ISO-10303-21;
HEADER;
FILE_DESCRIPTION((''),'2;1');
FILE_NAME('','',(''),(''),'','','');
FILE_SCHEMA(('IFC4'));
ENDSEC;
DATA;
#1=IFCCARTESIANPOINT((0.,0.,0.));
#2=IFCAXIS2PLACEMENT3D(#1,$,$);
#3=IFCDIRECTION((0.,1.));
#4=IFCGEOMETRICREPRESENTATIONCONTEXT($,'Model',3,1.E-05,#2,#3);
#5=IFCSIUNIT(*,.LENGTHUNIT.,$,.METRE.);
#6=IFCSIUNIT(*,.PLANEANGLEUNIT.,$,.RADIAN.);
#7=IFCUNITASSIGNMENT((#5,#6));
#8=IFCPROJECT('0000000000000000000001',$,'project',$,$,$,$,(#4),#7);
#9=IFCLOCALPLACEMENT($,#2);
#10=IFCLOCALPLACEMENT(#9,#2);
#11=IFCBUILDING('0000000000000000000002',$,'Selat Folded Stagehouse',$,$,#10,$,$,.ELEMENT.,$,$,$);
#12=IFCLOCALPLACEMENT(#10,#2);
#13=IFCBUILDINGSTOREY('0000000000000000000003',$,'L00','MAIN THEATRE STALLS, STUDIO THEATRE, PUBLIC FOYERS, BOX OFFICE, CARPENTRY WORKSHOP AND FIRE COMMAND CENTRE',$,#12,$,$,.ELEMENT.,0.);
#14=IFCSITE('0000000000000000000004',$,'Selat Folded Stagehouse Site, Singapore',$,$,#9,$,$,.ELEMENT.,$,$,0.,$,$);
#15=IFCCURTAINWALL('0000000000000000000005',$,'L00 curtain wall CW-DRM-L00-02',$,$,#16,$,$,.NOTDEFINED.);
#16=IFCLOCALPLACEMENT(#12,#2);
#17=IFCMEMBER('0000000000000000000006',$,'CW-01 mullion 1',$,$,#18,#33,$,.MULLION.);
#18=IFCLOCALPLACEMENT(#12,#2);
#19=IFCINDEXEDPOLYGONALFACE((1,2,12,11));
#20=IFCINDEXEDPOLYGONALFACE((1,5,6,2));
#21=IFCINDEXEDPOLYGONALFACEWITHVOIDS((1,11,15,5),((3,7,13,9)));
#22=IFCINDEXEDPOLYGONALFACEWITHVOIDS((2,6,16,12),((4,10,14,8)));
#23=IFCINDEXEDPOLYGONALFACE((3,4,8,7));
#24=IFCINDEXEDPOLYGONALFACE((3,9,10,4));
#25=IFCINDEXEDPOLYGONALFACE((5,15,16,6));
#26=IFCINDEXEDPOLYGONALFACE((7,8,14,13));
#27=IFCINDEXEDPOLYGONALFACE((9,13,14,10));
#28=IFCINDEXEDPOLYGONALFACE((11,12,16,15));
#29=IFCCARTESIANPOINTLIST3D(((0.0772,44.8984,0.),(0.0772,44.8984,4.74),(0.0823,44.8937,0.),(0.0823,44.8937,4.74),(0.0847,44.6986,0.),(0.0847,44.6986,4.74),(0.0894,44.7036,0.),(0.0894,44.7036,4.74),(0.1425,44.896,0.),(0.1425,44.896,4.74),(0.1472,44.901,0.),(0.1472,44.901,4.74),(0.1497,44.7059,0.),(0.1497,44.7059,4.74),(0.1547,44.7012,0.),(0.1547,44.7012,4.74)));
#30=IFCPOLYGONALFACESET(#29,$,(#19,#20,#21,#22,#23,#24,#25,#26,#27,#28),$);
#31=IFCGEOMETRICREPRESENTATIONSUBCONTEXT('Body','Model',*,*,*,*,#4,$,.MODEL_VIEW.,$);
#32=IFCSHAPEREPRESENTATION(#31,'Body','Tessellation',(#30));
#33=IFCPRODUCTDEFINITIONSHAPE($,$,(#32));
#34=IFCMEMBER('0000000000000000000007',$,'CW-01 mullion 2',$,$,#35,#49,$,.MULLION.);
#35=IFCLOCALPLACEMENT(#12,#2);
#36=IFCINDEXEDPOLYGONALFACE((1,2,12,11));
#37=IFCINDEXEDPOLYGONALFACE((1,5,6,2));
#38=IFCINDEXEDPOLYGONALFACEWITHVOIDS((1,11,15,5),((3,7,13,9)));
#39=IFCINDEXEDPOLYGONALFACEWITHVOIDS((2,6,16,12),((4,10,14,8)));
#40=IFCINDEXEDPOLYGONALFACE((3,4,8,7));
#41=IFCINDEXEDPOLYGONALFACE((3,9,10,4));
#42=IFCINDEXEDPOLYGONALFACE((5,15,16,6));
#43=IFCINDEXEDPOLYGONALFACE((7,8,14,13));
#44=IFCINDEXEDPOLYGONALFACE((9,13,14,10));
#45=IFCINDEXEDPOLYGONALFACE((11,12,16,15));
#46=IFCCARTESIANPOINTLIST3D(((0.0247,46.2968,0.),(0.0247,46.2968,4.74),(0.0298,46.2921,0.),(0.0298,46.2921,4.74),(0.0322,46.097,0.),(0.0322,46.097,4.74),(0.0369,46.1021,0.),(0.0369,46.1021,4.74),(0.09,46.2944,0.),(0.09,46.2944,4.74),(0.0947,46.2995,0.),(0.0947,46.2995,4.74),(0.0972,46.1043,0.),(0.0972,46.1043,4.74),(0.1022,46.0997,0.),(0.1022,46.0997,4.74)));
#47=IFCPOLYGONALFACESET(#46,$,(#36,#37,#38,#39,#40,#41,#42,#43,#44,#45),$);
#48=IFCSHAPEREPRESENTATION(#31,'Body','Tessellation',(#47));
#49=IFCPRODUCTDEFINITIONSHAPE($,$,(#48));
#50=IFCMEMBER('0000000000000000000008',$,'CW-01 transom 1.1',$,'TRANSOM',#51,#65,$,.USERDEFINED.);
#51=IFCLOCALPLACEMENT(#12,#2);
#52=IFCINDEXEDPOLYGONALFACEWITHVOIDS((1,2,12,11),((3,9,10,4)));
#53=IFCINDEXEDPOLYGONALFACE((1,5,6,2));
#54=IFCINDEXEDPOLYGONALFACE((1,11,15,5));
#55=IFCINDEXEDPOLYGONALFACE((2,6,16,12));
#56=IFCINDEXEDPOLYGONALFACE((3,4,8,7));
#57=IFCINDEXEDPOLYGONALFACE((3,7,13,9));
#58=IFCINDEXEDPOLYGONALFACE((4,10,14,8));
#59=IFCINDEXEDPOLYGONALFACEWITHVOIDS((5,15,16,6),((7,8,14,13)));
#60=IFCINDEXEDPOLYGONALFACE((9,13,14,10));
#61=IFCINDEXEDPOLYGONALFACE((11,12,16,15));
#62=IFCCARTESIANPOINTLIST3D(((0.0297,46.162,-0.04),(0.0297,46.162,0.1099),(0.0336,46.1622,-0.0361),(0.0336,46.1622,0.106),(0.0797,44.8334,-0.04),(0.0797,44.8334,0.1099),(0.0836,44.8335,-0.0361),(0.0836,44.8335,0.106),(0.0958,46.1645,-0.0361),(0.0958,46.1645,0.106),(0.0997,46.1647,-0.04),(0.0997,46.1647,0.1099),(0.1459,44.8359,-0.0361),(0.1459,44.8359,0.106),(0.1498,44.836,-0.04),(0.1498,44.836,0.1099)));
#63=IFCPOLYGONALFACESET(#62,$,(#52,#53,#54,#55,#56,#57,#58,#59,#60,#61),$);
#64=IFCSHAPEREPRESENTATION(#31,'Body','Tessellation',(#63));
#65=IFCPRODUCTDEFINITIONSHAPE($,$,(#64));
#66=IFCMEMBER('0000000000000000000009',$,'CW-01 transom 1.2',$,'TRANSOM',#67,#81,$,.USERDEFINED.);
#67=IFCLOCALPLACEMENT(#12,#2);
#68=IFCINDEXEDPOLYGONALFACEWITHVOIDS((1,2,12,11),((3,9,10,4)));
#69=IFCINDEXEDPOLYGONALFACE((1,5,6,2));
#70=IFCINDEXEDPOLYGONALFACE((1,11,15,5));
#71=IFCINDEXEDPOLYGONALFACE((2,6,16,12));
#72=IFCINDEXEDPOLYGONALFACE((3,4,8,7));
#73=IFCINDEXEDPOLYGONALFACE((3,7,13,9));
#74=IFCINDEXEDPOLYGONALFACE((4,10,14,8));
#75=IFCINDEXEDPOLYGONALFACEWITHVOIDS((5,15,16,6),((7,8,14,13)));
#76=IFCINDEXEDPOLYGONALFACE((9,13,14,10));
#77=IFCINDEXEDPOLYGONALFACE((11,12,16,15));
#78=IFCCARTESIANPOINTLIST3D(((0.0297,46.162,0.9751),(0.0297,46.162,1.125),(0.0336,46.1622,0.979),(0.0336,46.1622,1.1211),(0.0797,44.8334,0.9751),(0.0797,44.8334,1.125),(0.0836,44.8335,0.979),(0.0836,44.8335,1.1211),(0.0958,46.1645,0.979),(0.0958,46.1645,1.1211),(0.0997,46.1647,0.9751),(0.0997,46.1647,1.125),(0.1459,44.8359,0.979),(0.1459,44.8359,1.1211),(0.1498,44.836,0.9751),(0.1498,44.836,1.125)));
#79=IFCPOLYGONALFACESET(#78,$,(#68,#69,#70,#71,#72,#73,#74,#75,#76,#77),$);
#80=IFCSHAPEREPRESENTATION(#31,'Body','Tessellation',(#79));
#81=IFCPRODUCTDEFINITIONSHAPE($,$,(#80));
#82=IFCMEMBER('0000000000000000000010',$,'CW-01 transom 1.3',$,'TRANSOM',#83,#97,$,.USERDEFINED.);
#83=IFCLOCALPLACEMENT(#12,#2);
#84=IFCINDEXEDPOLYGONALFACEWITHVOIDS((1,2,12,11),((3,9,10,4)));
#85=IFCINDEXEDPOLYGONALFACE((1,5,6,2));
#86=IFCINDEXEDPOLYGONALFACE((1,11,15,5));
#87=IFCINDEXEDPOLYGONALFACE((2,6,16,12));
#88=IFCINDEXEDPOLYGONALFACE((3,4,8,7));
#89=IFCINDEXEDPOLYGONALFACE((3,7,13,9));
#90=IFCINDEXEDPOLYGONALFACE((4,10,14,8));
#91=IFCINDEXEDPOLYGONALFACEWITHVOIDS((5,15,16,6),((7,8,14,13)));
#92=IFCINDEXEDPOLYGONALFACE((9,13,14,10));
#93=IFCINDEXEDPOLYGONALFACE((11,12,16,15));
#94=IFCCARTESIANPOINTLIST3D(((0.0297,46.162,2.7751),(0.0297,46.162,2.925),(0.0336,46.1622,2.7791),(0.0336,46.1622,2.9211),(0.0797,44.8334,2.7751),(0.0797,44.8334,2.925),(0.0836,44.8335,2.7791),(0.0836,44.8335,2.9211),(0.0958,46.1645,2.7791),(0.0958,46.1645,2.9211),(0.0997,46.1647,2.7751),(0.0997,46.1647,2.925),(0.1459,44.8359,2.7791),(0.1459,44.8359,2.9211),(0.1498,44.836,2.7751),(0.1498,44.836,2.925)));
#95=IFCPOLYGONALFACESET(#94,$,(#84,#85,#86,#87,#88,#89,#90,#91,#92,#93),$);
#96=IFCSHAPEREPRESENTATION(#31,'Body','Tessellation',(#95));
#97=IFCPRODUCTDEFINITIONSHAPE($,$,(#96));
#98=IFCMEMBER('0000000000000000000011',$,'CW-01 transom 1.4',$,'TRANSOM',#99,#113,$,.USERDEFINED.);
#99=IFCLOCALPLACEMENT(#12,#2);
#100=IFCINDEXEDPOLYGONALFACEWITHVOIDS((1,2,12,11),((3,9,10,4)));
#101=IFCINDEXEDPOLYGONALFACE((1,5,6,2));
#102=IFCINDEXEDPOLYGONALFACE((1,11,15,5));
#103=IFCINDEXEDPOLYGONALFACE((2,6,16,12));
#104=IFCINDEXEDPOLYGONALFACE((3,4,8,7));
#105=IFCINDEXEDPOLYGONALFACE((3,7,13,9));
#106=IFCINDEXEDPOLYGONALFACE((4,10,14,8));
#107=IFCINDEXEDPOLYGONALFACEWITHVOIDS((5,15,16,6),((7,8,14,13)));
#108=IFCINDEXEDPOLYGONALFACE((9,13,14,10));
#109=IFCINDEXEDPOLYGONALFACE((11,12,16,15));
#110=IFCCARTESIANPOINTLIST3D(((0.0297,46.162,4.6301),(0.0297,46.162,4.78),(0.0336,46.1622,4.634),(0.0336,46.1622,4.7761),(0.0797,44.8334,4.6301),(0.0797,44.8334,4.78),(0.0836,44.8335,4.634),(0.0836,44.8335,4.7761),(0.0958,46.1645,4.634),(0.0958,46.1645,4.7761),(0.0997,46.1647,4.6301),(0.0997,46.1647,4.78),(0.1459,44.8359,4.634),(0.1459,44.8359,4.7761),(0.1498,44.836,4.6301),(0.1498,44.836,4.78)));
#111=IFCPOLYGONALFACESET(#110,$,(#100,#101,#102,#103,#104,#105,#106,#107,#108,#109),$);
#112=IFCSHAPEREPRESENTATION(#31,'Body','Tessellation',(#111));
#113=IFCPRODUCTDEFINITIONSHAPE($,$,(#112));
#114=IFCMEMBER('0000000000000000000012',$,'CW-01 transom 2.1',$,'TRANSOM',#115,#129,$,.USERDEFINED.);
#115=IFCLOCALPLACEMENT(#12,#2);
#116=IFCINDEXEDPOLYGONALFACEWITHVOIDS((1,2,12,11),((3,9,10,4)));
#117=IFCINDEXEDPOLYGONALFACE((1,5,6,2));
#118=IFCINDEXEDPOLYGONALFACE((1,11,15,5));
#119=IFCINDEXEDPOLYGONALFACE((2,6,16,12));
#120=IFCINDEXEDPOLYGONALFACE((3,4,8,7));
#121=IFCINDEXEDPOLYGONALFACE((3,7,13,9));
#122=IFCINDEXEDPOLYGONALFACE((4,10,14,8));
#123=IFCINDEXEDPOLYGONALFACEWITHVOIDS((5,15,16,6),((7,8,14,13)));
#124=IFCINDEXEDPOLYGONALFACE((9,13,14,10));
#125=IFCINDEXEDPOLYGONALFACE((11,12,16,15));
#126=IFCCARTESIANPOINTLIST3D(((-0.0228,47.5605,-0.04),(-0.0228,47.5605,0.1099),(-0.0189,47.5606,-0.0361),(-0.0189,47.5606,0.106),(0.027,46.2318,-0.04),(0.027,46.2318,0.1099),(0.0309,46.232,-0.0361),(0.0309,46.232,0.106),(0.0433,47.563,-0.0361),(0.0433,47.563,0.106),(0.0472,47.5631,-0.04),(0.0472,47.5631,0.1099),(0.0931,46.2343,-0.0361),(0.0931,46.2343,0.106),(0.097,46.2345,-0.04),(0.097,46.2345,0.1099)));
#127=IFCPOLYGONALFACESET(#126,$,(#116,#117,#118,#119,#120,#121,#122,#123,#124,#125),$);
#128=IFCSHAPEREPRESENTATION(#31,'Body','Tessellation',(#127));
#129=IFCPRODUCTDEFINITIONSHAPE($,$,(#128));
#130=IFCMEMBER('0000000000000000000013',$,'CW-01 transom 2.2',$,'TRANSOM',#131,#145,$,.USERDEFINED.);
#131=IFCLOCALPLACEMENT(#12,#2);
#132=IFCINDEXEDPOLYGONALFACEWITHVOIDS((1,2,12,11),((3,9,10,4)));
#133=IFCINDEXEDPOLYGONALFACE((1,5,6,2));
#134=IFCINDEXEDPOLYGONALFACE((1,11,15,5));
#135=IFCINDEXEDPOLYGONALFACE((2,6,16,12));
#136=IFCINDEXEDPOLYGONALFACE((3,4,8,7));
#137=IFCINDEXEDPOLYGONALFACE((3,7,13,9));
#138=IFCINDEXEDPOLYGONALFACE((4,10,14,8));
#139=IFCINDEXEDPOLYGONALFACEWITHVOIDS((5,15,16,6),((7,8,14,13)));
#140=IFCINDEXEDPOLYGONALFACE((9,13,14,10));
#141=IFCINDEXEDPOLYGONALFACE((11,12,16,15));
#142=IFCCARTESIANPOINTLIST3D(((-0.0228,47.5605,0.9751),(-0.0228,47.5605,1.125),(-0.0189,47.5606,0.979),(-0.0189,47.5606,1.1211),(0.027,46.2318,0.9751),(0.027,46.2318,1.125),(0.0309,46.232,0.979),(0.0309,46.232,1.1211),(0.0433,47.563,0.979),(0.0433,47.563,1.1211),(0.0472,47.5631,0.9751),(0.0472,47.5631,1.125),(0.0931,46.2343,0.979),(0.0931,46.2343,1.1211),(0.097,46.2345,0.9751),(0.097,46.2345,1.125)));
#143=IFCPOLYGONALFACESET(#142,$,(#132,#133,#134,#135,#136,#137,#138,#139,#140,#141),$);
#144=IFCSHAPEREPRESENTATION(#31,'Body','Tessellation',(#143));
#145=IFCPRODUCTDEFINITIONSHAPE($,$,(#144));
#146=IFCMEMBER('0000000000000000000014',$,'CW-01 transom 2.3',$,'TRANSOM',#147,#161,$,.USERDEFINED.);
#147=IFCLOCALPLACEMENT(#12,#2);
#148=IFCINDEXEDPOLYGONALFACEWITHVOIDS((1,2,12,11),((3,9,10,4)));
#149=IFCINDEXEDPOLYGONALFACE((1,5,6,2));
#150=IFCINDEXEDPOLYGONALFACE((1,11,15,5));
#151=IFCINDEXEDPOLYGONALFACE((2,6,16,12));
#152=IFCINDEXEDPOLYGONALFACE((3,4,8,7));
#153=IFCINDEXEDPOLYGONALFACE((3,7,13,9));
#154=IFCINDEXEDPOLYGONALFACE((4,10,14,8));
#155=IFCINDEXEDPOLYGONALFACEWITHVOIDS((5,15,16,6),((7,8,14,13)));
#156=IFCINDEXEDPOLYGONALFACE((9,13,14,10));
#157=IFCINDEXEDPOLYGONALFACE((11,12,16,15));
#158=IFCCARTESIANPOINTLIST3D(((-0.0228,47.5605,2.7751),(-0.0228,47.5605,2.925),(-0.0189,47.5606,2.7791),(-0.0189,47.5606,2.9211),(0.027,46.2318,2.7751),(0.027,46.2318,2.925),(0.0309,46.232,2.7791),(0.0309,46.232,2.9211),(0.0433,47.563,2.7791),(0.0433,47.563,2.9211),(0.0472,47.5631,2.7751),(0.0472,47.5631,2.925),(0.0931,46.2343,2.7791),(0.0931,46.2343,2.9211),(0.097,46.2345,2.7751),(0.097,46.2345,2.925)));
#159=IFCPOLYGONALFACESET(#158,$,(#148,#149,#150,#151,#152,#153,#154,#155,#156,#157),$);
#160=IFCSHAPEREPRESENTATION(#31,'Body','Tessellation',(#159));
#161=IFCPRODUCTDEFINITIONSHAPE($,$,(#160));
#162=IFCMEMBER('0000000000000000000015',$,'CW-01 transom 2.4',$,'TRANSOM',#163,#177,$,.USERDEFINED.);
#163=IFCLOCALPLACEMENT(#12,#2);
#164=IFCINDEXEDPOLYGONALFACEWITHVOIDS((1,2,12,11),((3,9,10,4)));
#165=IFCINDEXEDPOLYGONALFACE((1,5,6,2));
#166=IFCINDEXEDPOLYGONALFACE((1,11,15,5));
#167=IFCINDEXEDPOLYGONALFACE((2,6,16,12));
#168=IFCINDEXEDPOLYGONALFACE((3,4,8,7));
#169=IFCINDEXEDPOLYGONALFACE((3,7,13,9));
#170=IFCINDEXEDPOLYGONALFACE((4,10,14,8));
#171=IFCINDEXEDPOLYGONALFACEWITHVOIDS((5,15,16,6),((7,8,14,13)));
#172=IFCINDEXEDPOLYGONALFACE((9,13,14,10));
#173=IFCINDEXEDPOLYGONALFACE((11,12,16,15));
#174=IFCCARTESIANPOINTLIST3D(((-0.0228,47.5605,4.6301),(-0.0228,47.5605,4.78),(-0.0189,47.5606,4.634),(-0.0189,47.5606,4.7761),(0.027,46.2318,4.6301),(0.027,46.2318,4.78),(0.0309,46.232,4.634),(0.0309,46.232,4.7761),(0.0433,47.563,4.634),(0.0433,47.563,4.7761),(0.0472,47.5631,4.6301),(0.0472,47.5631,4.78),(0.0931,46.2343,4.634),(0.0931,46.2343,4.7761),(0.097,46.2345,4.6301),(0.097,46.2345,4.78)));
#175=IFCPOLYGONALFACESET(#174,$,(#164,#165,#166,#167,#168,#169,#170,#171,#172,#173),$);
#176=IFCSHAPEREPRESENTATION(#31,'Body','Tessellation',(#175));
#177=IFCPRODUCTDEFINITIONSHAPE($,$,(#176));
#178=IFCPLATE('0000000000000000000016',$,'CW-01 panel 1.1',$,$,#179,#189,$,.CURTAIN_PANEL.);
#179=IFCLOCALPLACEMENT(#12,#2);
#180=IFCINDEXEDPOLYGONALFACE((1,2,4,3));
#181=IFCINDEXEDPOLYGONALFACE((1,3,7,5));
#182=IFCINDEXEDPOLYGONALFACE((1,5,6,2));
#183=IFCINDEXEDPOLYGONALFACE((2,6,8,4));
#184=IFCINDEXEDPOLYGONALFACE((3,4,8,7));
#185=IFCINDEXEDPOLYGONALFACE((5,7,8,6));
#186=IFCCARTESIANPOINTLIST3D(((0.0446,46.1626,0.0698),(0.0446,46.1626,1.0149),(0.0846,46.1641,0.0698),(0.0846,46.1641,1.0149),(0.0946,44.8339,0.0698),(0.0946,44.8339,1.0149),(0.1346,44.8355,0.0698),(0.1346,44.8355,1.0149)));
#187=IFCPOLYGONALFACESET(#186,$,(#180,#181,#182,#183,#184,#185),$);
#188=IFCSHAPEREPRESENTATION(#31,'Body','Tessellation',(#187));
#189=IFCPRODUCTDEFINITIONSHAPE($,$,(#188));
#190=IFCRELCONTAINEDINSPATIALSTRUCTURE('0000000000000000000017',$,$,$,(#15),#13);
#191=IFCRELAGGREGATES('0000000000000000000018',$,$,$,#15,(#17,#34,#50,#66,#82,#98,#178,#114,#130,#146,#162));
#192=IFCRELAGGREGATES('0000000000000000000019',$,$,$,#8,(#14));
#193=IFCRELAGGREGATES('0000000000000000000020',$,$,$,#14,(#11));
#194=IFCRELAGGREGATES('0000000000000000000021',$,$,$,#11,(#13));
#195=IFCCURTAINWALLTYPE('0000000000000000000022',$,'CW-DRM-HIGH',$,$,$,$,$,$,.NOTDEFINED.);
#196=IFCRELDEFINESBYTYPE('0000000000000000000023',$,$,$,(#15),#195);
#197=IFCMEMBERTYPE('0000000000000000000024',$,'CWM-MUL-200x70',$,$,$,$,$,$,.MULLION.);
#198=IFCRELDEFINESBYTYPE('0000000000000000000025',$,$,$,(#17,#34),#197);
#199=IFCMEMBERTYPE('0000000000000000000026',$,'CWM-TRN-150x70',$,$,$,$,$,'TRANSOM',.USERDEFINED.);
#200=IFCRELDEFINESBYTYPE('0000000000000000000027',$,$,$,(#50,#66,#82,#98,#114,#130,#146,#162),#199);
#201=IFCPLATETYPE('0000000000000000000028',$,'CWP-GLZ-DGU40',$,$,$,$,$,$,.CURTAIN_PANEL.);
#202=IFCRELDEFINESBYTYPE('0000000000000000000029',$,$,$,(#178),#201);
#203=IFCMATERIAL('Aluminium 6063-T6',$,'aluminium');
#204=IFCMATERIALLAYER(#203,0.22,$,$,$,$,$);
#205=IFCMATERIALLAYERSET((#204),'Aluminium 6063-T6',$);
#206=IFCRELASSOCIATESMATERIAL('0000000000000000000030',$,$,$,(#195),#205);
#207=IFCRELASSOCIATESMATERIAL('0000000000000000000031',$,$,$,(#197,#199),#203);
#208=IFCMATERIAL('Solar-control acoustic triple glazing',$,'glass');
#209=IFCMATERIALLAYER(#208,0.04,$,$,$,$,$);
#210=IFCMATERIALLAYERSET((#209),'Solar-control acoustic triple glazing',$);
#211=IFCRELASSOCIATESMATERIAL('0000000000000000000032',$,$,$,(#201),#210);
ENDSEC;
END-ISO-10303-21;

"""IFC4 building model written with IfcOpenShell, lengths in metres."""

from ifc_helpers import new_model, si_unit, direction, frame, origin, origin_2d, place, context, subcontext, project, spatial, rectangle, hollow_rectangle, extrude, material, layer, layer_set, material_profile, profile_set, type_object, element, aggregate, save


model = new_model("IFC4")

# Units and contexts
model_context = context("Model", 3, precision=1e-05, world=origin(), true_north=direction((0.0, 1.0)))
body_context = subcontext(model_context, "Body", "Model", "MODEL_VIEW")
ifc_project = project(units=[si_unit("LENGTHUNIT", "METRE"), si_unit("PLANEANGLEUNIT", "RADIAN")], contexts=[model_context])

# Site, building, storey
site_placement = place(None, origin())
site = spatial("IfcSite", under=ifc_project, at=site_placement, Name="Selat Folded Stagehouse Site, Singapore", CompositionType="ELEMENT", RefElevation=0.0)
building_placement = place(site_placement, origin())
building = spatial("IfcBuilding", under=site, at=building_placement, Name="Selat Folded Stagehouse", CompositionType="ELEMENT")
storey_placement = place(building_placement, origin())
storey = spatial("IfcBuildingStorey", under=building, at=storey_placement, Name="L00", Description="MAIN THEATRE STALLS, STUDIO THEATRE, PUBLIC FOYERS, BOX OFFICE, CARPENTRY WORKSHOP AND FIRE COMMAND CENTRE", CompositionType="ELEMENT", Elevation=0.0)

# Curtain wall, members, plate
ifc_material_1 = material(Name="Aluminium 6063-T6", Category="aluminium")
ifc_layer_1 = layer(ifc_material_1, 0.22)
ifc_layer_set_1 = layer_set([ifc_layer_1], Name="Aluminium 6063-T6")
curtain_wall_type = type_object("IfcCurtainWallType", Name="CW-DRM-HIGH", PredefinedType="NOTDEFINED", material=ifc_layer_set_1)
curtain_wall_placement = place(storey_placement, origin())
curtain_wall = element("IfcCurtainWall", 1, at=curtain_wall_placement, inside=storey, type_object=curtain_wall_type, Name="L00 curtain wall CW-DRM-L00-02", PredefinedType="NOTDEFINED")
ifc_material_profile_1 = material_profile(ifc_material_1, hollow_rectangle(XDim=0.0701, YDim=0.2, WallThickness=0.0049, at=origin_2d()), Name="ALU 200x70x5.0")
ifc_profile_set_1 = profile_set([ifc_material_profile_1], Name="Aluminium 6063-T6")
member_type_1 = type_object("IfcMemberType", Name="CWM-MUL-200x70", PredefinedType="MULLION", material=ifc_profile_set_1)
member_1_placement = place(storey_placement, frame((0.116, 44.7998, 0.0), z_axis=(0.0, 0.0, 1.0), x_axis=(-0.999294, -0.037574, 0.0)))
member_1 = element("IfcMember", 2, at=member_1_placement, type_object=member_type_1, Name="CW-01 mullion 1", PredefinedType="MULLION", context=body_context, shape_type="SweptSolid", body=[
    extrude(hollow_rectangle(XDim=0.0701, YDim=0.2, WallThickness=0.0049, at=origin_2d()), origin(), (0.0, 0.0, 1.0), 4.74),
])
member_2_placement = place(storey_placement, frame((0.0635, 46.1982, 0.0), z_axis=(0.0, 0.0, 1.0), x_axis=(-0.999294, -0.037574, 0.0)))
member_2 = element("IfcMember", 3, at=member_2_placement, type_object=member_type_1, Name="CW-01 mullion 2", PredefinedType="MULLION", context=body_context, shape_type="SweptSolid", body=[
    extrude(hollow_rectangle(XDim=0.0701, YDim=0.2, WallThickness=0.0049, at=origin_2d()), origin(), (0.0, 0.0, 1.0), 4.74),
])
ifc_material_profile_2 = material_profile(ifc_material_1, hollow_rectangle(XDim=0.0701, YDim=0.1499, WallThickness=0.0039, at=origin_2d()), Name="ALU 150x70x4.0")
ifc_profile_set_2 = profile_set([ifc_material_profile_2], Name="Aluminium 6063-T6")
member_type_2 = type_object("IfcMemberType", Name="CWM-TRN-150x70", ElementType="TRANSOM", PredefinedType="USERDEFINED", material=ifc_profile_set_2)
member_3_placement = place(storey_placement, frame((0.1147, 44.8347, 0.0349), z_axis=(-0.037643, 0.999291, 0.0), x_axis=(-0.999291, -0.037643, 0.0)))
member_3 = element("IfcMember", 4, at=member_3_placement, type_object=member_type_2, Name="CW-01 transom 1.1", ObjectType="TRANSOM", PredefinedType="USERDEFINED", context=body_context, shape_type="SweptSolid", body=[
    extrude(hollow_rectangle(XDim=0.0701, YDim=0.1499, WallThickness=0.0039, at=origin_2d()), origin(), (0.0, 0.0, 1.0), 1.3296),
])
member_4_placement = place(storey_placement, frame((0.1147, 44.8347, 1.05), z_axis=(-0.037643, 0.999291, 0.0), x_axis=(-0.999291, -0.037643, 0.0)))
member_4 = element("IfcMember", 5, at=member_4_placement, type_object=member_type_2, Name="CW-01 transom 1.2", ObjectType="TRANSOM", PredefinedType="USERDEFINED", context=body_context, shape_type="SweptSolid", body=[
    extrude(hollow_rectangle(XDim=0.0701, YDim=0.1499, WallThickness=0.0039, at=origin_2d()), origin(), (0.0, 0.0, 1.0), 1.3296),
])
member_5_placement = place(storey_placement, frame((0.1147, 44.8347, 2.8501), z_axis=(-0.037643, 0.999291, 0.0), x_axis=(-0.999291, -0.037643, 0.0)))
member_5 = element("IfcMember", 6, at=member_5_placement, type_object=member_type_2, Name="CW-01 transom 1.3", ObjectType="TRANSOM", PredefinedType="USERDEFINED", context=body_context, shape_type="SweptSolid", body=[
    extrude(hollow_rectangle(XDim=0.0701, YDim=0.1499, WallThickness=0.0039, at=origin_2d()), origin(), (0.0, 0.0, 1.0), 1.3296),
])
member_6_placement = place(storey_placement, frame((0.1147, 44.8347, 4.7051), z_axis=(-0.037643, 0.999291, 0.0), x_axis=(-0.999291, -0.037643, 0.0)))
member_6 = element("IfcMember", 7, at=member_6_placement, type_object=member_type_2, Name="CW-01 transom 1.4", ObjectType="TRANSOM", PredefinedType="USERDEFINED", context=body_context, shape_type="SweptSolid", body=[
    extrude(hollow_rectangle(XDim=0.0701, YDim=0.1499, WallThickness=0.0039, at=origin_2d()), origin(), (0.0, 0.0, 1.0), 1.3296),
])
member_7_placement = place(storey_placement, frame((0.062, 46.2332, 0.0349), z_axis=(-0.03746, 0.999298, 0.0), x_axis=(-0.999298, -0.03746, 0.0)))
member_7 = element("IfcMember", 8, at=member_7_placement, type_object=member_type_2, Name="CW-01 transom 2.1", ObjectType="TRANSOM", PredefinedType="USERDEFINED", context=body_context, shape_type="SweptSolid", body=[
    extrude(hollow_rectangle(XDim=0.0701, YDim=0.1499, WallThickness=0.0039, at=origin_2d()), origin(), (0.0, 0.0, 1.0), 1.3296),
])
member_8_placement = place(storey_placement, frame((0.062, 46.2332, 1.05), z_axis=(-0.03746, 0.999298, 0.0), x_axis=(-0.999298, -0.03746, 0.0)))
member_8 = element("IfcMember", 9, at=member_8_placement, type_object=member_type_2, Name="CW-01 transom 2.2", ObjectType="TRANSOM", PredefinedType="USERDEFINED", context=body_context, shape_type="SweptSolid", body=[
    extrude(hollow_rectangle(XDim=0.0701, YDim=0.1499, WallThickness=0.0039, at=origin_2d()), origin(), (0.0, 0.0, 1.0), 1.3296),
])
member_9_placement = place(storey_placement, frame((0.062, 46.2332, 2.8501), z_axis=(-0.03746, 0.999298, 0.0), x_axis=(-0.999298, -0.03746, 0.0)))
member_9 = element("IfcMember", 10, at=member_9_placement, type_object=member_type_2, Name="CW-01 transom 2.3", ObjectType="TRANSOM", PredefinedType="USERDEFINED", context=body_context, shape_type="SweptSolid", body=[
    extrude(hollow_rectangle(XDim=0.0701, YDim=0.1499, WallThickness=0.0039, at=origin_2d()), origin(), (0.0, 0.0, 1.0), 1.3296),
])
member_10_placement = place(storey_placement, frame((0.062, 46.2332, 4.7051), z_axis=(-0.03746, 0.999298, 0.0), x_axis=(-0.999298, -0.03746, 0.0)))
member_10 = element("IfcMember", 11, at=member_10_placement, type_object=member_type_2, Name="CW-01 transom 2.4", ObjectType="TRANSOM", PredefinedType="USERDEFINED", context=body_context, shape_type="SweptSolid", body=[
    extrude(hollow_rectangle(XDim=0.0701, YDim=0.1499, WallThickness=0.0039, at=origin_2d()), origin(), (0.0, 0.0, 1.0), 1.3296),
])
ifc_material_2 = material(Name="Solar-control acoustic triple glazing", Category="glass")
ifc_layer_2 = layer(ifc_material_2, 0.04)
ifc_layer_set_2 = layer_set([ifc_layer_2], Name="Solar-control acoustic triple glazing")
plate_type = type_object("IfcPlateType", Name="CWP-GLZ-DGU40", PredefinedType="CURTAIN_PANEL", material=ifc_layer_set_2)
plate_1_placement = place(storey_placement, frame((0.0896, 45.499, 0.0698), z_axis=(0.0, 0.0, 1.0), x_axis=(-0.037574, 0.999294, 0.0)))
plate_1 = element("IfcPlate", 12, at=plate_1_placement, type_object=plate_type, Name="CW-01 panel 1.1", PredefinedType="CURTAIN_PANEL", context=body_context, shape_type="SweptSolid", body=[
    extrude(rectangle(XDim=1.3296, YDim=0.04, at=origin_2d()), origin(), (0.0, 0.0, 1.0), 0.9451),
])
aggregate(curtain_wall, [member_1, member_2, member_3, member_4, member_5, member_6, plate_1, member_7, member_8, member_9, member_10])

save(model, "model.ifc")
